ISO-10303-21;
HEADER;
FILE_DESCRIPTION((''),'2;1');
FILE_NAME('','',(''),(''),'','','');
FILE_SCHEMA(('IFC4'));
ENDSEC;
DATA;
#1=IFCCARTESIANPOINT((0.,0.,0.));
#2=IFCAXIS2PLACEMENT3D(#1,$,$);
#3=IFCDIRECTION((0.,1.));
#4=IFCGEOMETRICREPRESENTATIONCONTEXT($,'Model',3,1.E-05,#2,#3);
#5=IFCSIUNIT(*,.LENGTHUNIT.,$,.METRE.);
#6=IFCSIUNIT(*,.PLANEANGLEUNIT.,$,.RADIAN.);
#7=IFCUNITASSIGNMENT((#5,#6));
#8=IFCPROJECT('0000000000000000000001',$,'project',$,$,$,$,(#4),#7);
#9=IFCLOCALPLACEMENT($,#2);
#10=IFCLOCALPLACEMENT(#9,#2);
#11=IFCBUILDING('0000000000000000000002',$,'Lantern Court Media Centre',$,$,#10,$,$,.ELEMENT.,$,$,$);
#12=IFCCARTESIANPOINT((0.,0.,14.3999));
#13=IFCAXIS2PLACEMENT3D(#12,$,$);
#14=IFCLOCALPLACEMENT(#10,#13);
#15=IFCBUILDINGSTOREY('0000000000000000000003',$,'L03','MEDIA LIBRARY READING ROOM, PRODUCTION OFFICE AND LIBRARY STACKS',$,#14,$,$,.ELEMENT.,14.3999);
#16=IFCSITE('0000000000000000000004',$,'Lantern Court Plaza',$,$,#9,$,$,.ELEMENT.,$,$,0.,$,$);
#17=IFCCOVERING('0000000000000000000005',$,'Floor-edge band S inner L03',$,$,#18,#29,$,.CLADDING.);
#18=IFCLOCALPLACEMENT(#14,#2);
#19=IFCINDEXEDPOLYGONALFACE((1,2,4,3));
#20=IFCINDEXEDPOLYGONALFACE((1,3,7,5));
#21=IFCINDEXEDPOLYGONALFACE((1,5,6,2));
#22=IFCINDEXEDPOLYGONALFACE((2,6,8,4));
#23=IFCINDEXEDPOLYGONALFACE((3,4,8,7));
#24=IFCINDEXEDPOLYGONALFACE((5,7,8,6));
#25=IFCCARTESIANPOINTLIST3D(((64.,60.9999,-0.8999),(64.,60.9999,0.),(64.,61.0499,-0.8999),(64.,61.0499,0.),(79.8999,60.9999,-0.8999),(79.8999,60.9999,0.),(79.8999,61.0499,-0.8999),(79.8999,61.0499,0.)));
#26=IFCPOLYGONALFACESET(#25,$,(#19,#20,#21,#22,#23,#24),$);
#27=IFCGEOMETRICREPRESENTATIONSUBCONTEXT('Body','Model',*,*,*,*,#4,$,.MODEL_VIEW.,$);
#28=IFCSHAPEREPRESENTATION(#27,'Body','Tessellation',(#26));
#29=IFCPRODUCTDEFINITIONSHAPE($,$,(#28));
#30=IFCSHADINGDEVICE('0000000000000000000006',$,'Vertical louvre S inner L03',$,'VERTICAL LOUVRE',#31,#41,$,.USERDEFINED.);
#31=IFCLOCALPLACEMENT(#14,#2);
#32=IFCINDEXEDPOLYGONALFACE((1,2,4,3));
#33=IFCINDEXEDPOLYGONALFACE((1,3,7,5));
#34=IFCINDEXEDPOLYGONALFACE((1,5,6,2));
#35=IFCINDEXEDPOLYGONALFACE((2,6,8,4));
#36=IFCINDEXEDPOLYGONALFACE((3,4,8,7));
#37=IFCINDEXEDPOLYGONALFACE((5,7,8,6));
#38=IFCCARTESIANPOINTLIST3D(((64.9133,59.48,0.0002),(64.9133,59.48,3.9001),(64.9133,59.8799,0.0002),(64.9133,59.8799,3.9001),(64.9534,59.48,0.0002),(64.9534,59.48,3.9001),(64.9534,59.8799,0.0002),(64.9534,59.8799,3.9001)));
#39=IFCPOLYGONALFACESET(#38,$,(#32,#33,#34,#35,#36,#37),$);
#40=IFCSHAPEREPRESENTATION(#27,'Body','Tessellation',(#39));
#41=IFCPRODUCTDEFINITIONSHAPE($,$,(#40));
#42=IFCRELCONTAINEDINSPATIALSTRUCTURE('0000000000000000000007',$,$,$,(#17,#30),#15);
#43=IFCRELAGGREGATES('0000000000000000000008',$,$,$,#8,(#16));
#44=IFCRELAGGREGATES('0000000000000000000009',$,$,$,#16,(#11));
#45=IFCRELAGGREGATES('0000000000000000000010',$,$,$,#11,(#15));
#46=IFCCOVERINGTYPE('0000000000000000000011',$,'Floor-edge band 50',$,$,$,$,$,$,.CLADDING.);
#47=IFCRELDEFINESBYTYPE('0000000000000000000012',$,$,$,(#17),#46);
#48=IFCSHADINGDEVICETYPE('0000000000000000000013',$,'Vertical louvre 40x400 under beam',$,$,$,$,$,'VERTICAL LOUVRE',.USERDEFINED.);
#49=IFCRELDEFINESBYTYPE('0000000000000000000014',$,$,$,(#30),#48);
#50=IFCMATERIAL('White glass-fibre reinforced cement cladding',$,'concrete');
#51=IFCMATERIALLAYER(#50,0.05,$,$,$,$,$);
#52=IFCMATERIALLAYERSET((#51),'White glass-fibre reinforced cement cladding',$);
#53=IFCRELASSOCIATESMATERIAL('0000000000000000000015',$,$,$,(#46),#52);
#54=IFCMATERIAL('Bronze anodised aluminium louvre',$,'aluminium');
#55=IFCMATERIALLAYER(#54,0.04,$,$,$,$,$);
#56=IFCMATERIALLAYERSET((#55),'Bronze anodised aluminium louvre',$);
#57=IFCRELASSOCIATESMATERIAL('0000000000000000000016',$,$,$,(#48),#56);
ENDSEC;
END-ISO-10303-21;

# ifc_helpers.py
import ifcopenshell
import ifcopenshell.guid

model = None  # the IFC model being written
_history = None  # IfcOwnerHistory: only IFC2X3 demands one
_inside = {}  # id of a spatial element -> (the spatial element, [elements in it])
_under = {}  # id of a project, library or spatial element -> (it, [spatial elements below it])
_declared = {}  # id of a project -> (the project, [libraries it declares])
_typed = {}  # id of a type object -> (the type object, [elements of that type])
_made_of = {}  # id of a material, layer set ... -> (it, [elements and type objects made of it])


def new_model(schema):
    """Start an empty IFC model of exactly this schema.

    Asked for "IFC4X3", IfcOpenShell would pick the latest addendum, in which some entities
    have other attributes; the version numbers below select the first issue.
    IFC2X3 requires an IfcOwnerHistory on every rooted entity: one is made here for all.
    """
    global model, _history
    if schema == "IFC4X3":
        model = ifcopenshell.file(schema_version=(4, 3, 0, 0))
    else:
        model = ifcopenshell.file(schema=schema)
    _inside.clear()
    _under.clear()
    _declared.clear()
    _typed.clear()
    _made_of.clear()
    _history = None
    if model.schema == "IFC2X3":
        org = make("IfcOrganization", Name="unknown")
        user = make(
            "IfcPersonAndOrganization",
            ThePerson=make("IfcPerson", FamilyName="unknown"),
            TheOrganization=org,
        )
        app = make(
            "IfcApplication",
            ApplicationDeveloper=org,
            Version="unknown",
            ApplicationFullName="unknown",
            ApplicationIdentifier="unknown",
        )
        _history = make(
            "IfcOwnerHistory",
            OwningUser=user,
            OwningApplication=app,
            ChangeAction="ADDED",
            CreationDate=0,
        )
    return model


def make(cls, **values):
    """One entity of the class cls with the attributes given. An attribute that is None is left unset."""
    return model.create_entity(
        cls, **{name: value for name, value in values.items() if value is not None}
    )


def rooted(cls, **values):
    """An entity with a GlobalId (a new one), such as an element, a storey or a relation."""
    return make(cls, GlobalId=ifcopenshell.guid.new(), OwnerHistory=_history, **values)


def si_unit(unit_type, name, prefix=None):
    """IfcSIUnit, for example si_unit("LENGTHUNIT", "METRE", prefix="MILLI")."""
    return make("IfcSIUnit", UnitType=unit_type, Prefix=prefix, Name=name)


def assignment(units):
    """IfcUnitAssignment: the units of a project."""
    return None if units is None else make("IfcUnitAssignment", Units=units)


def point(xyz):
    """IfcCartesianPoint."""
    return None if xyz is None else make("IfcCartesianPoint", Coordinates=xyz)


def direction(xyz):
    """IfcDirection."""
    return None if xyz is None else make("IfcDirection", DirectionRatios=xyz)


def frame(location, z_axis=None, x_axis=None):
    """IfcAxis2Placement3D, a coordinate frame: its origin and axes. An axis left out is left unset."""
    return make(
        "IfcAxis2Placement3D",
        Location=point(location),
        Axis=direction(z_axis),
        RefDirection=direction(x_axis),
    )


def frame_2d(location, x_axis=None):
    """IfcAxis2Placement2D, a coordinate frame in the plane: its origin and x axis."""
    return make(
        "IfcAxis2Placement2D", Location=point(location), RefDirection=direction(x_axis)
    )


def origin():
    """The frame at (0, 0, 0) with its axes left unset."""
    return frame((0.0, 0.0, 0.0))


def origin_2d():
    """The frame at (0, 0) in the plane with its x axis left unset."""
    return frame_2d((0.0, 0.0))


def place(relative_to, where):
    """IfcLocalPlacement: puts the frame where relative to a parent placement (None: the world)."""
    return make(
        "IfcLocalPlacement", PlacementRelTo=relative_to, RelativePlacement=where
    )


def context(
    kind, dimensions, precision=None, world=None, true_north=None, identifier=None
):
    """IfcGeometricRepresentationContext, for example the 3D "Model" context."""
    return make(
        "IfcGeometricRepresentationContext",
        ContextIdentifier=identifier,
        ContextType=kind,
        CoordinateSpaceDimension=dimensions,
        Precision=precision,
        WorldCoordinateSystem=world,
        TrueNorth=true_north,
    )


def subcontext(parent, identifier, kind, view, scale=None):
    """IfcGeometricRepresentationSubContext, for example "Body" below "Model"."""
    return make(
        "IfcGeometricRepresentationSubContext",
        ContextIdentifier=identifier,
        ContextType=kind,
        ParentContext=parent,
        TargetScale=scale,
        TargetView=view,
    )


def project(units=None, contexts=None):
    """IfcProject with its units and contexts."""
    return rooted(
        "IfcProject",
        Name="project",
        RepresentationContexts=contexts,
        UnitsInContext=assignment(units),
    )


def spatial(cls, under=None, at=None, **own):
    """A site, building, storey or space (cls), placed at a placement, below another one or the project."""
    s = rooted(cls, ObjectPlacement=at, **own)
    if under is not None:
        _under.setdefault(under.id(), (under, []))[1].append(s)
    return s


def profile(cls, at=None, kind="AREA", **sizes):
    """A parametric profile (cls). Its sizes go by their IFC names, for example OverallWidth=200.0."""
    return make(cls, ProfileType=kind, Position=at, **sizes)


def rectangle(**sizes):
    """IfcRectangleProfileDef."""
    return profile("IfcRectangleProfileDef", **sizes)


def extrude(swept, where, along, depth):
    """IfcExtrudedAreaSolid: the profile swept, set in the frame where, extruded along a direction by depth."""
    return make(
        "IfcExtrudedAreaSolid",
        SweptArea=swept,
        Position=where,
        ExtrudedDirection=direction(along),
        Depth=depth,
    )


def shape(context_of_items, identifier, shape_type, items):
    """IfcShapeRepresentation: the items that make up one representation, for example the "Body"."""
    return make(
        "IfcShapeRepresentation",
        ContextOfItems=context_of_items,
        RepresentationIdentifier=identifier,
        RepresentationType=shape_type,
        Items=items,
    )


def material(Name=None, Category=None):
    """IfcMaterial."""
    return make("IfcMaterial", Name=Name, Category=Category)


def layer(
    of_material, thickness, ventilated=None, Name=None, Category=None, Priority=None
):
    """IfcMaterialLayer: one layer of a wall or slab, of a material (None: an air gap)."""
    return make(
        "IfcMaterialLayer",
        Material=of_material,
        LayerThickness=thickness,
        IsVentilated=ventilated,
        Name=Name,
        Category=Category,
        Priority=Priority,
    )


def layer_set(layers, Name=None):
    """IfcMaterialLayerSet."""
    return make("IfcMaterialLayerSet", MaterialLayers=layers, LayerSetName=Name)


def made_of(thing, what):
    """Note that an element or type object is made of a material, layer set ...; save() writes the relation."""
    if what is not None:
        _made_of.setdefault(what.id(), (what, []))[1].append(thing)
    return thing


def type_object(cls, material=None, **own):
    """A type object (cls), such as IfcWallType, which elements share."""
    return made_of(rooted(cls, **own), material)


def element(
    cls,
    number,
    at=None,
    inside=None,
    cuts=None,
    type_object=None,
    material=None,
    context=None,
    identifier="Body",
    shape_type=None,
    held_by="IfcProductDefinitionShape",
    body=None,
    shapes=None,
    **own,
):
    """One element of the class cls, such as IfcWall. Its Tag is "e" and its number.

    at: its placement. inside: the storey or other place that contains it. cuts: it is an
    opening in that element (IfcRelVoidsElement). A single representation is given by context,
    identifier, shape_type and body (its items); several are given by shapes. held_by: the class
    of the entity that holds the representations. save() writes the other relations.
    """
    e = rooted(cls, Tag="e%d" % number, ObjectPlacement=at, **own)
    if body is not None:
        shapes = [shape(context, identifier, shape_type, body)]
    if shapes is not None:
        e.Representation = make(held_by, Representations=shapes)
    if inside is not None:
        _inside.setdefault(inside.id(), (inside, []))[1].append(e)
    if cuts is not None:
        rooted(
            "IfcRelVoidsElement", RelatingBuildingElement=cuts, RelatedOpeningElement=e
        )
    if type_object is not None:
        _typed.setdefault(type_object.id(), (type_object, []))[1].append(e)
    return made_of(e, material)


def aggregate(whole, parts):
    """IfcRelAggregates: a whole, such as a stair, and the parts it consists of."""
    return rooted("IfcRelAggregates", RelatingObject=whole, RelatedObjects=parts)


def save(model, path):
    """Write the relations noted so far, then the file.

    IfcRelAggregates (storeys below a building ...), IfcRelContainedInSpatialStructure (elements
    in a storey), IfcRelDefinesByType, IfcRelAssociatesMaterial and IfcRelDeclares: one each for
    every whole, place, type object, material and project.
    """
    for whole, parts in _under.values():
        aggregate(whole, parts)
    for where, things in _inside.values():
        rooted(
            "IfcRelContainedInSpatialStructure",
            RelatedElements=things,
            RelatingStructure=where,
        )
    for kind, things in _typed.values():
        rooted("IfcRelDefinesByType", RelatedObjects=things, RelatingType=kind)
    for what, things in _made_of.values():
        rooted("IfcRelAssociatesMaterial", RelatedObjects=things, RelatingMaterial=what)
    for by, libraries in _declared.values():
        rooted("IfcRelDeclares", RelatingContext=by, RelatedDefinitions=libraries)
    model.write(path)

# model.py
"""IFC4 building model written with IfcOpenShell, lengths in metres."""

from ifc_helpers import new_model, si_unit, direction, frame, frame_2d, origin, origin_2d, place, context, subcontext, project, spatial, rectangle, extrude, material, layer, layer_set, type_object, element, save


model = new_model("IFC4")

# Units and contexts
model_context = context("Model", 3, precision=1e-05, world=origin(), true_north=direction((0.0, 1.0)))
body_context = subcontext(model_context, "Body", "Model", "MODEL_VIEW")
ifc_project = project(units=[si_unit("LENGTHUNIT", "METRE"), si_unit("PLANEANGLEUNIT", "RADIAN")], contexts=[model_context])

# Site, building, storey
site_placement = place(None, origin())
site = spatial("IfcSite", under=ifc_project, at=site_placement, Name="Lantern Court Plaza", CompositionType="ELEMENT", RefElevation=0.0)
building_placement = place(site_placement, origin())
building = spatial("IfcBuilding", under=site, at=building_placement, Name="Lantern Court Media Centre", CompositionType="ELEMENT")
storey_placement = place(building_placement, frame((0.0, 0.0, 14.3999)))
storey = spatial("IfcBuildingStorey", under=building, at=storey_placement, Name="L03", Description="MEDIA LIBRARY READING ROOM, PRODUCTION OFFICE AND LIBRARY STACKS", CompositionType="ELEMENT", Elevation=14.3999)

# Covering
ifc_material_1 = material(Name="White glass-fibre reinforced cement cladding", Category="concrete")
ifc_layer_1 = layer(ifc_material_1, 0.05)
ifc_layer_set_1 = layer_set([ifc_layer_1], Name="White glass-fibre reinforced cement cladding")
covering_type = type_object("IfcCoveringType", Name="Floor-edge band 50", PredefinedType="CLADDING", material=ifc_layer_set_1)
covering_placement = place(storey_placement, frame((64.0, 61.0249, -0.8999), z_axis=(0.0, 0.0, 1.0), x_axis=(1.0, 0.0, 0.0)))
element("IfcCovering", 1, at=covering_placement, inside=storey, type_object=covering_type, Name="Floor-edge band S inner L03", PredefinedType="CLADDING", context=body_context, shape_type="SweptSolid", body=[
    extrude(rectangle(XDim=15.8999, YDim=0.05, at=frame_2d((7.95, 0.0))), origin(), (0.0, 0.0, 1.0), 0.8999),
])

# Shading device
ifc_material_2 = material(Name="Bronze anodised aluminium louvre", Category="aluminium")
ifc_layer_2 = layer(ifc_material_2, 0.04)
ifc_layer_set_2 = layer_set([ifc_layer_2], Name="Bronze anodised aluminium louvre")
shading_device_type = type_object("IfcShadingDeviceType", Name="Vertical louvre 40x400 under beam", ElementType="VERTICAL LOUVRE", PredefinedType="USERDEFINED", material=ifc_layer_set_2)
shading_device_placement = place(storey_placement, frame((64.9333, 59.6799, 0.0002), z_axis=(0.0, 0.0, 1.0), x_axis=(1.0, 0.0, 0.0)))
element("IfcShadingDevice", 2, at=shading_device_placement, inside=storey, type_object=shading_device_type, Name="Vertical louvre S inner L03", ObjectType="VERTICAL LOUVRE", PredefinedType="USERDEFINED", context=body_context, shape_type="SweptSolid", body=[
    extrude(rectangle(XDim=0.04, YDim=0.3999, at=origin_2d()), origin(), (0.0, 0.0, 1.0), 3.8999),
])

save(model, "model.ifc")
